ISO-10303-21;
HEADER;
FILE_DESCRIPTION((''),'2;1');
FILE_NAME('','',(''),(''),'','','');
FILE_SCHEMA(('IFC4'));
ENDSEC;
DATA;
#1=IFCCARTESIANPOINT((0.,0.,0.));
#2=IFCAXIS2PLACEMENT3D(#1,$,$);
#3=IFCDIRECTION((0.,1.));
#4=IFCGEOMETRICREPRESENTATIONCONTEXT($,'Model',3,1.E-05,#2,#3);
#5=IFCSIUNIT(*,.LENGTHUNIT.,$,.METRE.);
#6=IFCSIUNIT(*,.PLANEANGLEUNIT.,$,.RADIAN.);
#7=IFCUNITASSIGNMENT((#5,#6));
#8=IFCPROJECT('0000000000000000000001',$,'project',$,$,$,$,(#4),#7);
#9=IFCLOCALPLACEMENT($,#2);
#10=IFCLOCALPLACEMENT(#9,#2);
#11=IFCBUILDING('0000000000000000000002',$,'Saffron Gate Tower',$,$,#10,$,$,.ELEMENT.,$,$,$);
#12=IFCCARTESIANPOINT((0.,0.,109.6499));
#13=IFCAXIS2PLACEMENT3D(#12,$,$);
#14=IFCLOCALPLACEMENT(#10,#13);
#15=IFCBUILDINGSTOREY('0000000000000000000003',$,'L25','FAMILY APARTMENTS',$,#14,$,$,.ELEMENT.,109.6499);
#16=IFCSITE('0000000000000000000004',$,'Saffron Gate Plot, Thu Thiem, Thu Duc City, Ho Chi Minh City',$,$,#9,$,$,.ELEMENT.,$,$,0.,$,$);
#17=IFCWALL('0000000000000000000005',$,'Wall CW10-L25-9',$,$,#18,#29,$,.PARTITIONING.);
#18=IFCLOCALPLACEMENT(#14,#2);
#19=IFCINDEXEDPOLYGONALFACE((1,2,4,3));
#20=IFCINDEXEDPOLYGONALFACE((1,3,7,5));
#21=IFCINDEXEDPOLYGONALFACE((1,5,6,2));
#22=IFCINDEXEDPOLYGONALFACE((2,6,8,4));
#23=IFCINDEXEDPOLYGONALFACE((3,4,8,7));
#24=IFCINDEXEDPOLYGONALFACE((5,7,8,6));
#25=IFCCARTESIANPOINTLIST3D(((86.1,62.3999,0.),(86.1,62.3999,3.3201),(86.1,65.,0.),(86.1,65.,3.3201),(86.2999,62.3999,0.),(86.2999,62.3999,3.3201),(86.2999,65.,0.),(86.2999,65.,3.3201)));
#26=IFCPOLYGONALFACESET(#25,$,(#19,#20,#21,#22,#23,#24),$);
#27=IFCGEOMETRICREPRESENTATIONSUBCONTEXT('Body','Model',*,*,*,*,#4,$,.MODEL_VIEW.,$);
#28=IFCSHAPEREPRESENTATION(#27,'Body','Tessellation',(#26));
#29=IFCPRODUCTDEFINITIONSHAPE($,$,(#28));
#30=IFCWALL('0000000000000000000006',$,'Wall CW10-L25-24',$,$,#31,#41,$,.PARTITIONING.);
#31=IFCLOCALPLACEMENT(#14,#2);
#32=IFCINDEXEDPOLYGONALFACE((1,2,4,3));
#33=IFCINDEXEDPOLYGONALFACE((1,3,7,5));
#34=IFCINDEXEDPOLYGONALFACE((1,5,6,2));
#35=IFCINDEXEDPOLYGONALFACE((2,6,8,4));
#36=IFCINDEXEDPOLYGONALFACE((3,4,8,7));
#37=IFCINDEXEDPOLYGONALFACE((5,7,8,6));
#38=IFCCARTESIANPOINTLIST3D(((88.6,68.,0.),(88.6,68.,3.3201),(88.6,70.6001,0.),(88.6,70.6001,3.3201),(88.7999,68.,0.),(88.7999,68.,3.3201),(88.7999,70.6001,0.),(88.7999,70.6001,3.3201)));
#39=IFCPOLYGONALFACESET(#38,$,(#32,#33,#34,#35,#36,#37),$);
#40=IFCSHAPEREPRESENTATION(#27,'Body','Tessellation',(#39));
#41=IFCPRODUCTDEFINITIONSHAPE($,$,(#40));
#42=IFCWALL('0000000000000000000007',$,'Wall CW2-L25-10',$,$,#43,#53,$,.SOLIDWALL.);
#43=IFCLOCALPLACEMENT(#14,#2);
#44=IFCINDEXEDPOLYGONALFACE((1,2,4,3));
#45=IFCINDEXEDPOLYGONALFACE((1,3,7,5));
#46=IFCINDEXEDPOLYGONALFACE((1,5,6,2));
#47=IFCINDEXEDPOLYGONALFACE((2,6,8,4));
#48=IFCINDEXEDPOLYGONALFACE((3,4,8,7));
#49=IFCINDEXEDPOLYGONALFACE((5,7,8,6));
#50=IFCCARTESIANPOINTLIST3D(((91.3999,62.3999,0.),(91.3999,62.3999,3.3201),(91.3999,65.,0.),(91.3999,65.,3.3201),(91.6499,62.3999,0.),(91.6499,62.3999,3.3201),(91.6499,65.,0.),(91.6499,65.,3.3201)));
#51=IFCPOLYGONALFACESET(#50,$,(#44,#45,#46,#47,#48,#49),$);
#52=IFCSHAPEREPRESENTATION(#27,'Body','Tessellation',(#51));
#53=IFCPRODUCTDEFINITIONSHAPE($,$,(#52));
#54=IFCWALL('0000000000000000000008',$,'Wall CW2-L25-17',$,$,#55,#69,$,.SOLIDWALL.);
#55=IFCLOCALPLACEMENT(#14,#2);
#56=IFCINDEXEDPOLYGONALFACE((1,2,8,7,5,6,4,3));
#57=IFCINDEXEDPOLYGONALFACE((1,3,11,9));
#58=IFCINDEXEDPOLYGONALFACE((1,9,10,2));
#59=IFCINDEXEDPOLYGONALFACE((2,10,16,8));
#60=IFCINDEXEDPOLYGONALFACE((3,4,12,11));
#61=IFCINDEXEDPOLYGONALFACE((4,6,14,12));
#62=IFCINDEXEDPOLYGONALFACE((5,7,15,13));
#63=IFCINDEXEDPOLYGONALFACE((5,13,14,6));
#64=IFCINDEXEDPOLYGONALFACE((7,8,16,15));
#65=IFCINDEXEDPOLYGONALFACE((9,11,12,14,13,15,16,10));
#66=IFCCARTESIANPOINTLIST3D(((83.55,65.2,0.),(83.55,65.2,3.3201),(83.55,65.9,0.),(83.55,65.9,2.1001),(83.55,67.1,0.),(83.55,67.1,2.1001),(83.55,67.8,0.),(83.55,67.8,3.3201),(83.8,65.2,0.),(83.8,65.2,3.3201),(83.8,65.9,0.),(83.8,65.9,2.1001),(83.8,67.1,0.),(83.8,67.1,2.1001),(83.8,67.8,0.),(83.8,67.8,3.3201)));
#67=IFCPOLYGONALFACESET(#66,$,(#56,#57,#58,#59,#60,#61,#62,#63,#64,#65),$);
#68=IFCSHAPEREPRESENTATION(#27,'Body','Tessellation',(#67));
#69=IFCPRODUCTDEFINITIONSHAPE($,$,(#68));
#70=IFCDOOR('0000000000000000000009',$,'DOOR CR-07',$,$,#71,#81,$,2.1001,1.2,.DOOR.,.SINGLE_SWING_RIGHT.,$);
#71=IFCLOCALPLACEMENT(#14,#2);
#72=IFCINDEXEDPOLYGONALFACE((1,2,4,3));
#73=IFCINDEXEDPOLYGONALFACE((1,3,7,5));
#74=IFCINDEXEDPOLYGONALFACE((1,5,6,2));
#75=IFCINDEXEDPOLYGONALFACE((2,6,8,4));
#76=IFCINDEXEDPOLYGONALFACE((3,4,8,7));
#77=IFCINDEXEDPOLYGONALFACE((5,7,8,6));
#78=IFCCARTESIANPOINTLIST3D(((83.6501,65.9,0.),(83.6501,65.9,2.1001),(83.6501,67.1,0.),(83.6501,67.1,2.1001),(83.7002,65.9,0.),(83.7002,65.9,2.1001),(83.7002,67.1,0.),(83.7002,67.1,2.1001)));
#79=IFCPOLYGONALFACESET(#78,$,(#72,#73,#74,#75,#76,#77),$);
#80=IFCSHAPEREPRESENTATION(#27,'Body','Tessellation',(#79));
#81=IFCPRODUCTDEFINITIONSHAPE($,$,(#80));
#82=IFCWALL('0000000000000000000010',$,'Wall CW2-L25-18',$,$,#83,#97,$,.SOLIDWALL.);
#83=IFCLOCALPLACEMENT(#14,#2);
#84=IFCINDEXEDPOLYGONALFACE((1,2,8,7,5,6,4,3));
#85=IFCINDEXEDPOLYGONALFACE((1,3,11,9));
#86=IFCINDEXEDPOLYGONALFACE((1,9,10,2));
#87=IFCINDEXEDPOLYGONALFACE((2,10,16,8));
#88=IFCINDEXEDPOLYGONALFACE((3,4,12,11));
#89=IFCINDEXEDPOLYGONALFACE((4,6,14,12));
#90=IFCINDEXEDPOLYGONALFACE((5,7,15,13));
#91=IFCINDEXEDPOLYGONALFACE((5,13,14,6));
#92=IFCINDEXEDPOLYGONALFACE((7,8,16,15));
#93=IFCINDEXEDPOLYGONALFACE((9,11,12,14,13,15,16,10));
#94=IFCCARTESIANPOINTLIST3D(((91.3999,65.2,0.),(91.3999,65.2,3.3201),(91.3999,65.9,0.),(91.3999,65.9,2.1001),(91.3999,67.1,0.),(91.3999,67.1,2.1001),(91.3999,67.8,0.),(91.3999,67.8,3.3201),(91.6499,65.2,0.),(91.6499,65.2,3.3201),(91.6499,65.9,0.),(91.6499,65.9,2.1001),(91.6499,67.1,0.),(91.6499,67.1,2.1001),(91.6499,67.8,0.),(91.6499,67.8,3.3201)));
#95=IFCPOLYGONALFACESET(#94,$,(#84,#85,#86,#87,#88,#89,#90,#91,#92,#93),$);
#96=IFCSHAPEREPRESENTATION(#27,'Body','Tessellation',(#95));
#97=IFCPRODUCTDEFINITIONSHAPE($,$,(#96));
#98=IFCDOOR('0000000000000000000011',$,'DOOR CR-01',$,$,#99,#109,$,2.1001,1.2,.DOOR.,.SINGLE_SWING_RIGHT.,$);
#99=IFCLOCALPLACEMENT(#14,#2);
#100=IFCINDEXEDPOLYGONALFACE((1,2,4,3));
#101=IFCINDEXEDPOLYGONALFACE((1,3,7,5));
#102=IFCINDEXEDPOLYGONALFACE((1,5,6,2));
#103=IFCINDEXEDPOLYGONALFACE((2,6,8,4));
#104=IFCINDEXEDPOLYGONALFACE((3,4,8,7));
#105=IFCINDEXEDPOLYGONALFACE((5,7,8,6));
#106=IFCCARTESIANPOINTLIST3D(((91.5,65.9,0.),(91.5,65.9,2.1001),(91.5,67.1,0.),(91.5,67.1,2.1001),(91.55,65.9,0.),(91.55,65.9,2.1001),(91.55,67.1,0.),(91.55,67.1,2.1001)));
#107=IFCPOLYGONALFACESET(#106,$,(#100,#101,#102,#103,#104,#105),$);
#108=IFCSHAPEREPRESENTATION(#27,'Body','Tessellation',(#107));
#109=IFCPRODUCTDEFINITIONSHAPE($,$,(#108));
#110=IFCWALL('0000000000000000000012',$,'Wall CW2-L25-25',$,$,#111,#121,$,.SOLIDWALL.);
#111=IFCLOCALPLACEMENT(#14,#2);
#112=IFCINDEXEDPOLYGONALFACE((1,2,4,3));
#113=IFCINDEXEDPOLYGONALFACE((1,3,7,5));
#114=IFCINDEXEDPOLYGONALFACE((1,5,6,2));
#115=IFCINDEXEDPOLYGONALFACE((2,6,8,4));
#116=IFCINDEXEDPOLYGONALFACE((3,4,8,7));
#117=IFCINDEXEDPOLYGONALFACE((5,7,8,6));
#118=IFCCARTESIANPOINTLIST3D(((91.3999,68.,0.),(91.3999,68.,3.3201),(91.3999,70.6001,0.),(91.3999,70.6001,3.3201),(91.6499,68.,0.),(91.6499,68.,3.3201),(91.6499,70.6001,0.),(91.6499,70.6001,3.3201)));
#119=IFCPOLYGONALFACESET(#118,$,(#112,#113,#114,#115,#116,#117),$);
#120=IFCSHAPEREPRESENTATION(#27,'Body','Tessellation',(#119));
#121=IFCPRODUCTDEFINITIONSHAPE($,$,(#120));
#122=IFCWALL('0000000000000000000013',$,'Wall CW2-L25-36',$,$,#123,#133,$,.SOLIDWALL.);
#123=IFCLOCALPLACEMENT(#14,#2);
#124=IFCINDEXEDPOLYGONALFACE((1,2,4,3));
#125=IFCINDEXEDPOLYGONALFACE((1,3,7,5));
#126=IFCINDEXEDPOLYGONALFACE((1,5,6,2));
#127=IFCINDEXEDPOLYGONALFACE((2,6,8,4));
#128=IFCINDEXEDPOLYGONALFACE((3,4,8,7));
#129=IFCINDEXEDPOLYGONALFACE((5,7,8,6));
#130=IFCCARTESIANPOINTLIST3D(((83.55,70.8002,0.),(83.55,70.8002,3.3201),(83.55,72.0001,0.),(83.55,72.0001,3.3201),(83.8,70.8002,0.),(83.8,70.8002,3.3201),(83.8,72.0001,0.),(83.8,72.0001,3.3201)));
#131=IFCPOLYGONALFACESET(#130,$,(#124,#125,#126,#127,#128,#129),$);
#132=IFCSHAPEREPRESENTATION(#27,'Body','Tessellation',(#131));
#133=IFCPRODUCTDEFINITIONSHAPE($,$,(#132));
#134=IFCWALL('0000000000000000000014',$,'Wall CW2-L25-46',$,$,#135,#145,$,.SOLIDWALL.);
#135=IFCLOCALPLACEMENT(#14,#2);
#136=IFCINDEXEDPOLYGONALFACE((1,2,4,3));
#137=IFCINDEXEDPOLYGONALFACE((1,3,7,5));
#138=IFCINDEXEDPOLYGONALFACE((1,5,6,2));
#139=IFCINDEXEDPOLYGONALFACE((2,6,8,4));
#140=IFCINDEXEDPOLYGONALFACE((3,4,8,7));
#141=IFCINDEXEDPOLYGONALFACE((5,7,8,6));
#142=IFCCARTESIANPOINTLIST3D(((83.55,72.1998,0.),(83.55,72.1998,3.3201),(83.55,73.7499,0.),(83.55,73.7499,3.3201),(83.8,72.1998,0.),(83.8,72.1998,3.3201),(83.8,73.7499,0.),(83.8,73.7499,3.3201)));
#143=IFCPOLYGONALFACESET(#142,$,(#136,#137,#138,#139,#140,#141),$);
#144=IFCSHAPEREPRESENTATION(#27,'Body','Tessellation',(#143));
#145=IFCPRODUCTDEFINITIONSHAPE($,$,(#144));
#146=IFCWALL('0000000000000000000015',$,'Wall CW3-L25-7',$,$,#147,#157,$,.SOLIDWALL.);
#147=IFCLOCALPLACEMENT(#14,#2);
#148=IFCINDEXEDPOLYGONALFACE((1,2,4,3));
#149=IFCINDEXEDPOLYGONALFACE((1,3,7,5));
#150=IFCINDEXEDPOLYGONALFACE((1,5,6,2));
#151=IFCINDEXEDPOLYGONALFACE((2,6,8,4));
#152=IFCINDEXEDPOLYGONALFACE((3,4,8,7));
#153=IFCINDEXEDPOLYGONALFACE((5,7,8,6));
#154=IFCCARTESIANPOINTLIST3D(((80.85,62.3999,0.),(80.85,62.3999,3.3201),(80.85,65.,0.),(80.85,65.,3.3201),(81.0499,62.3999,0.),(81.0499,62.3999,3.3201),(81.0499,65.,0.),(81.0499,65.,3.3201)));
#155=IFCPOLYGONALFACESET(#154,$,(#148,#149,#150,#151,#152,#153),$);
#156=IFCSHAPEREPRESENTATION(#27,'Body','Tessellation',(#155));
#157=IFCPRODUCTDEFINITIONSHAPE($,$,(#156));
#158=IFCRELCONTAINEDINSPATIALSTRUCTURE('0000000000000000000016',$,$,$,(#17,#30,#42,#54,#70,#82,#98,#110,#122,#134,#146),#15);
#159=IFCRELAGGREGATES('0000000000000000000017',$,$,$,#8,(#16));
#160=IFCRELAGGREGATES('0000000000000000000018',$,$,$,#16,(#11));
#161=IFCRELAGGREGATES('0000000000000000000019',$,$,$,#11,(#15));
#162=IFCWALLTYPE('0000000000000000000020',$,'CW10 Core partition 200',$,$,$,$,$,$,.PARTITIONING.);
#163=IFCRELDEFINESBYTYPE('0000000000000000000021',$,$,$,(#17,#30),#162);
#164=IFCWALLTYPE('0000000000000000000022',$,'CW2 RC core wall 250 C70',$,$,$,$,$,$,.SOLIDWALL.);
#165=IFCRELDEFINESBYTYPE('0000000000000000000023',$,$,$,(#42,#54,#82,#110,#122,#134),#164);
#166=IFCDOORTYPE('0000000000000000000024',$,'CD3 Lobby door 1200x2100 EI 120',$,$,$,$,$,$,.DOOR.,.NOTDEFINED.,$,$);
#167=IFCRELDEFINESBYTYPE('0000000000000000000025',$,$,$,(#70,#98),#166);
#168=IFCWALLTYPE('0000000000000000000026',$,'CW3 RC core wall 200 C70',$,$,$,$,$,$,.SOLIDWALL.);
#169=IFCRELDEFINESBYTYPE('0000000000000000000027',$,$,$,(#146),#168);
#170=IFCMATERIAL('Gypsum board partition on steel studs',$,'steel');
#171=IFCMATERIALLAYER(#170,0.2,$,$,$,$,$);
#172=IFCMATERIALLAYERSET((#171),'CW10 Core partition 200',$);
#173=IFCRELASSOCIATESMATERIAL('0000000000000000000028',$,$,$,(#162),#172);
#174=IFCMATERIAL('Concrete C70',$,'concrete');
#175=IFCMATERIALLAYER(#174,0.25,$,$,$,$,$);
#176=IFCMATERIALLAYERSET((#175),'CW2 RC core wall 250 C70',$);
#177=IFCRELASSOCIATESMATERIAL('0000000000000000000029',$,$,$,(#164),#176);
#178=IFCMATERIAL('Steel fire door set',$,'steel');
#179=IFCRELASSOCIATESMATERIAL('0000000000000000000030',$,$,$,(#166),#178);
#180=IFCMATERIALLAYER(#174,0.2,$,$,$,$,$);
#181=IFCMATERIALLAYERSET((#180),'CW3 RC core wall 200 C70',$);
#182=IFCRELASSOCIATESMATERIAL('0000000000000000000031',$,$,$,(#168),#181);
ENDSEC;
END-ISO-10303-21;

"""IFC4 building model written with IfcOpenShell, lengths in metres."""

from ifc_helpers import new_model, si_unit, direction, frame, frame_2d, origin, place, context, subcontext, project, spatial, rectangle, extrude, material, layer, layer_set, type_object, element, fill, save


model = new_model("IFC4")

# Units and contexts
model_context = context("Model", 3, precision=1e-05, world=origin(), true_north=direction((0.0, 1.0)))
body_context = subcontext(model_context, "Body", "Model", "MODEL_VIEW")
ifc_project = project(units=[si_unit("LENGTHUNIT", "METRE"), si_unit("PLANEANGLEUNIT", "RADIAN")], contexts=[model_context])

# Site, building, storey
site_placement = place(None, origin())
site = spatial("IfcSite", under=ifc_project, at=site_placement, Name="Saffron Gate Plot, Thu Thiem, Thu Duc City, Ho Chi Minh City", CompositionType="ELEMENT", RefElevation=0.0)
building_placement = place(site_placement, origin())
building = spatial("IfcBuilding", under=site, at=building_placement, Name="Saffron Gate Tower", CompositionType="ELEMENT")
storey_placement = place(building_placement, frame((0.0, 0.0, 109.6499)))
storey = spatial("IfcBuildingStorey", under=building, at=storey_placement, Name="L25", Description="FAMILY APARTMENTS", CompositionType="ELEMENT", Elevation=109.6499)

# Walls
ifc_material_1 = material(Name="Gypsum board partition on steel studs", Category="steel")
ifc_layer_1 = layer(ifc_material_1, 0.2)
ifc_layer_set_1 = layer_set([ifc_layer_1], Name="CW10 Core partition 200")
wall_type_1 = type_object("IfcWallType", Name="CW10 Core partition 200", PredefinedType="PARTITIONING", material=ifc_layer_set_1)
for number, where, z_axis, x_axis, name in (
    (1, (86.2, 62.3999, 0.0), (0.0, 0.0, 1.0), (0.0, 1.0, 0.0), "Wall CW10-L25-9"),
    (2, (88.7, 68.0, 0.0), (0.0, 0.0, 1.0), (0.0, 1.0, 0.0), "Wall CW10-L25-24"),
):
    element("IfcWall", number, at=place(storey_placement, frame(where, z_axis=z_axis, x_axis=x_axis)), inside=storey, type_object=wall_type_1, Name=name, PredefinedType="PARTITIONING", context=body_context, shape_type="SweptSolid", body=[
        extrude(rectangle(XDim=2.6001, YDim=0.2, at=frame_2d((1.3, 0.0))), origin(), (0.0, 0.0, 1.0), 3.3201),
    ])
ifc_material_2 = material(Name="Concrete C70", Category="concrete")
ifc_layer_2 = layer(ifc_material_2, 0.25)
ifc_layer_set_2 = layer_set([ifc_layer_2], Name="CW2 RC core wall 250 C70")
wall_type_2 = type_object("IfcWallType", Name="CW2 RC core wall 250 C70", PredefinedType="SOLIDWALL", material=ifc_layer_set_2)
wall_1_placement = place(storey_placement, frame((91.5249, 62.3999, 0.0), z_axis=(0.0, 0.0, 1.0), x_axis=(0.0, 1.0, 0.0)))
element("IfcWall", 3, at=wall_1_placement, inside=storey, type_object=wall_type_2, Name="Wall CW2-L25-10", PredefinedType="SOLIDWALL", context=body_context, shape_type="SweptSolid", body=[
    extrude(rectangle(XDim=2.6001, YDim=0.25, at=frame_2d((1.3, 0.0))), origin(), (0.0, 0.0, 1.0), 3.3201),
])

# Walls, openings, doors
wall_2_placement = place(storey_placement, frame((83.675, 65.2, 0.0), z_axis=(0.0, 0.0, 1.0), x_axis=(0.0, 1.0, 0.0)))
wall_2 = element("IfcWall", 4, at=wall_2_placement, inside=storey, type_object=wall_type_2, Name="Wall CW2-L25-17", PredefinedType="SOLIDWALL", context=body_context, shape_type="SweptSolid", body=[
    extrude(rectangle(XDim=2.6001, YDim=0.25, at=frame_2d((1.3, 0.0))), origin(), (0.0, 0.0, 1.0), 3.3201),
])
opening_1_placement = place(wall_2_placement, frame((0.7, 0.0, 0.0)))
opening_1 = element("IfcOpeningElement", 5, at=opening_1_placement, cuts=wall_2, PredefinedType="OPENING", context=body_context, shape_type="SweptSolid", body=[
    extrude(rectangle(XDim=1.2, YDim=2.1001, at=frame_2d((0.6001, 1.05))), frame((0.0, 0.135, 0.0), z_axis=(0.0, -1.0, 0.0), x_axis=(1.0, 0.0, 0.0)), (0.0, 0.0, 1.0), 0.27),
])
ifc_material_3 = material(Name="Steel fire door set", Category="steel")
door_type_1 = type_object("IfcDoorType", Name="CD3 Lobby door 1200x2100 EI 120", OperationType="NOTDEFINED", PredefinedType="DOOR", material=ifc_material_3)
door_1_placement = place(opening_1_placement, origin())
door_1 = element("IfcDoor", 6, at=door_1_placement, inside=storey, type_object=door_type_1, Name="DOOR CR-07", OperationType="SINGLE_SWING_RIGHT", OverallHeight=2.1001, OverallWidth=1.2, PredefinedType="DOOR", context=body_context, shape_type="SweptSolid", body=[
    extrude(rectangle(XDim=1.2, YDim=2.1001, at=frame_2d((0.6001, 1.05))), frame((0.0, 0.0249, 0.0), z_axis=(0.0, -1.0, 0.0), x_axis=(1.0, 0.0, 0.0)), (0.0, 0.0, 1.0), 0.05),
])
fill(opening_1, door_1)
wall_3_placement = place(storey_placement, frame((91.5249, 65.2, 0.0), z_axis=(0.0, 0.0, 1.0), x_axis=(0.0, 1.0, 0.0)))
wall_3 = element("IfcWall", 7, at=wall_3_placement, inside=storey, type_object=wall_type_2, Name="Wall CW2-L25-18", PredefinedType="SOLIDWALL", context=body_context, shape_type="SweptSolid", body=[
    extrude(rectangle(XDim=2.6001, YDim=0.25, at=frame_2d((1.3, 0.0))), origin(), (0.0, 0.0, 1.0), 3.3201),
])
opening_2_placement = place(wall_3_placement, frame((0.7, 0.0, 0.0)))
opening_2 = element("IfcOpeningElement", 8, at=opening_2_placement, cuts=wall_3, PredefinedType="OPENING", context=body_context, shape_type="SweptSolid", body=[
    extrude(rectangle(XDim=1.2, YDim=2.1001, at=frame_2d((0.6001, 1.05))), frame((0.0, 0.135, 0.0), z_axis=(0.0, -1.0, 0.0), x_axis=(1.0, 0.0, 0.0)), (0.0, 0.0, 1.0), 0.27),
])
door_2_placement = place(opening_2_placement, origin())
door_2 = element("IfcDoor", 9, at=door_2_placement, inside=storey, type_object=door_type_1, Name="DOOR CR-01", OperationType="SINGLE_SWING_RIGHT", OverallHeight=2.1001, OverallWidth=1.2, PredefinedType="DOOR", context=body_context, shape_type="SweptSolid", body=[
    extrude(rectangle(XDim=1.2, YDim=2.1001, at=frame_2d((0.6001, 1.05))), frame((0.0, 0.0249, 0.0), z_axis=(0.0, -1.0, 0.0), x_axis=(1.0, 0.0, 0.0)), (0.0, 0.0, 1.0), 0.05),
])
fill(opening_2, door_2)

# Walls
wall_4_placement = place(storey_placement, frame((91.5249, 68.0, 0.0), z_axis=(0.0, 0.0, 1.0), x_axis=(0.0, 1.0, 0.0)))
element("IfcWall", 10, at=wall_4_placement, inside=storey, type_object=wall_type_2, Name="Wall CW2-L25-25", PredefinedType="SOLIDWALL", context=body_context, shape_type="SweptSolid", body=[
    extrude(rectangle(XDim=2.6001, YDim=0.25, at=frame_2d((1.3, 0.0))), origin(), (0.0, 0.0, 1.0), 3.3201),
])
wall_5_placement = place(storey_placement, frame((83.675, 70.8, 0.0), z_axis=(0.0, 0.0, 1.0), x_axis=(0.0, 1.0, 0.0)))
element("IfcWall", 11, at=wall_5_placement, inside=storey, type_object=wall_type_2, Name="Wall CW2-L25-36", PredefinedType="SOLIDWALL", context=body_context, shape_type="SweptSolid", body=[
    extrude(rectangle(XDim=1.2, YDim=0.25, at=frame_2d((0.6001, 0.0))), origin(), (0.0, 0.0, 1.0), 3.3201),
])
wall_6_placement = place(storey_placement, frame((83.675, 72.2, 0.0), z_axis=(0.0, 0.0, 1.0), x_axis=(0.0, 1.0, 0.0)))
element("IfcWall", 12, at=wall_6_placement, inside=storey, type_object=wall_type_2, Name="Wall CW2-L25-46", PredefinedType="SOLIDWALL", context=body_context, shape_type="SweptSolid", body=[
    extrude(rectangle(XDim=1.55, YDim=0.25, at=frame_2d((0.7749, 0.0))), origin(), (0.0, 0.0, 1.0), 3.3201),
])
ifc_layer_3 = layer(ifc_material_2, 0.2)
ifc_layer_set_3 = layer_set([ifc_layer_3], Name="CW3 RC core wall 200 C70")
wall_type_3 = type_object("IfcWallType", Name="CW3 RC core wall 200 C70", PredefinedType="SOLIDWALL", material=ifc_layer_set_3)
wall_7_placement = place(storey_placement, frame((80.95, 62.3999, 0.0), z_axis=(0.0, 0.0, 1.0), x_axis=(0.0, 1.0, 0.0)))
element("IfcWall", 13, at=wall_7_placement, inside=storey, type_object=wall_type_3, Name="Wall CW3-L25-7", PredefinedType="SOLIDWALL", context=body_context, shape_type="SweptSolid", body=[
    extrude(rectangle(XDim=2.6001, YDim=0.2, at=frame_2d((1.3, 0.0))), origin(), (0.0, 0.0, 1.0), 3.3201),
])

save(model, "model.ifc")
